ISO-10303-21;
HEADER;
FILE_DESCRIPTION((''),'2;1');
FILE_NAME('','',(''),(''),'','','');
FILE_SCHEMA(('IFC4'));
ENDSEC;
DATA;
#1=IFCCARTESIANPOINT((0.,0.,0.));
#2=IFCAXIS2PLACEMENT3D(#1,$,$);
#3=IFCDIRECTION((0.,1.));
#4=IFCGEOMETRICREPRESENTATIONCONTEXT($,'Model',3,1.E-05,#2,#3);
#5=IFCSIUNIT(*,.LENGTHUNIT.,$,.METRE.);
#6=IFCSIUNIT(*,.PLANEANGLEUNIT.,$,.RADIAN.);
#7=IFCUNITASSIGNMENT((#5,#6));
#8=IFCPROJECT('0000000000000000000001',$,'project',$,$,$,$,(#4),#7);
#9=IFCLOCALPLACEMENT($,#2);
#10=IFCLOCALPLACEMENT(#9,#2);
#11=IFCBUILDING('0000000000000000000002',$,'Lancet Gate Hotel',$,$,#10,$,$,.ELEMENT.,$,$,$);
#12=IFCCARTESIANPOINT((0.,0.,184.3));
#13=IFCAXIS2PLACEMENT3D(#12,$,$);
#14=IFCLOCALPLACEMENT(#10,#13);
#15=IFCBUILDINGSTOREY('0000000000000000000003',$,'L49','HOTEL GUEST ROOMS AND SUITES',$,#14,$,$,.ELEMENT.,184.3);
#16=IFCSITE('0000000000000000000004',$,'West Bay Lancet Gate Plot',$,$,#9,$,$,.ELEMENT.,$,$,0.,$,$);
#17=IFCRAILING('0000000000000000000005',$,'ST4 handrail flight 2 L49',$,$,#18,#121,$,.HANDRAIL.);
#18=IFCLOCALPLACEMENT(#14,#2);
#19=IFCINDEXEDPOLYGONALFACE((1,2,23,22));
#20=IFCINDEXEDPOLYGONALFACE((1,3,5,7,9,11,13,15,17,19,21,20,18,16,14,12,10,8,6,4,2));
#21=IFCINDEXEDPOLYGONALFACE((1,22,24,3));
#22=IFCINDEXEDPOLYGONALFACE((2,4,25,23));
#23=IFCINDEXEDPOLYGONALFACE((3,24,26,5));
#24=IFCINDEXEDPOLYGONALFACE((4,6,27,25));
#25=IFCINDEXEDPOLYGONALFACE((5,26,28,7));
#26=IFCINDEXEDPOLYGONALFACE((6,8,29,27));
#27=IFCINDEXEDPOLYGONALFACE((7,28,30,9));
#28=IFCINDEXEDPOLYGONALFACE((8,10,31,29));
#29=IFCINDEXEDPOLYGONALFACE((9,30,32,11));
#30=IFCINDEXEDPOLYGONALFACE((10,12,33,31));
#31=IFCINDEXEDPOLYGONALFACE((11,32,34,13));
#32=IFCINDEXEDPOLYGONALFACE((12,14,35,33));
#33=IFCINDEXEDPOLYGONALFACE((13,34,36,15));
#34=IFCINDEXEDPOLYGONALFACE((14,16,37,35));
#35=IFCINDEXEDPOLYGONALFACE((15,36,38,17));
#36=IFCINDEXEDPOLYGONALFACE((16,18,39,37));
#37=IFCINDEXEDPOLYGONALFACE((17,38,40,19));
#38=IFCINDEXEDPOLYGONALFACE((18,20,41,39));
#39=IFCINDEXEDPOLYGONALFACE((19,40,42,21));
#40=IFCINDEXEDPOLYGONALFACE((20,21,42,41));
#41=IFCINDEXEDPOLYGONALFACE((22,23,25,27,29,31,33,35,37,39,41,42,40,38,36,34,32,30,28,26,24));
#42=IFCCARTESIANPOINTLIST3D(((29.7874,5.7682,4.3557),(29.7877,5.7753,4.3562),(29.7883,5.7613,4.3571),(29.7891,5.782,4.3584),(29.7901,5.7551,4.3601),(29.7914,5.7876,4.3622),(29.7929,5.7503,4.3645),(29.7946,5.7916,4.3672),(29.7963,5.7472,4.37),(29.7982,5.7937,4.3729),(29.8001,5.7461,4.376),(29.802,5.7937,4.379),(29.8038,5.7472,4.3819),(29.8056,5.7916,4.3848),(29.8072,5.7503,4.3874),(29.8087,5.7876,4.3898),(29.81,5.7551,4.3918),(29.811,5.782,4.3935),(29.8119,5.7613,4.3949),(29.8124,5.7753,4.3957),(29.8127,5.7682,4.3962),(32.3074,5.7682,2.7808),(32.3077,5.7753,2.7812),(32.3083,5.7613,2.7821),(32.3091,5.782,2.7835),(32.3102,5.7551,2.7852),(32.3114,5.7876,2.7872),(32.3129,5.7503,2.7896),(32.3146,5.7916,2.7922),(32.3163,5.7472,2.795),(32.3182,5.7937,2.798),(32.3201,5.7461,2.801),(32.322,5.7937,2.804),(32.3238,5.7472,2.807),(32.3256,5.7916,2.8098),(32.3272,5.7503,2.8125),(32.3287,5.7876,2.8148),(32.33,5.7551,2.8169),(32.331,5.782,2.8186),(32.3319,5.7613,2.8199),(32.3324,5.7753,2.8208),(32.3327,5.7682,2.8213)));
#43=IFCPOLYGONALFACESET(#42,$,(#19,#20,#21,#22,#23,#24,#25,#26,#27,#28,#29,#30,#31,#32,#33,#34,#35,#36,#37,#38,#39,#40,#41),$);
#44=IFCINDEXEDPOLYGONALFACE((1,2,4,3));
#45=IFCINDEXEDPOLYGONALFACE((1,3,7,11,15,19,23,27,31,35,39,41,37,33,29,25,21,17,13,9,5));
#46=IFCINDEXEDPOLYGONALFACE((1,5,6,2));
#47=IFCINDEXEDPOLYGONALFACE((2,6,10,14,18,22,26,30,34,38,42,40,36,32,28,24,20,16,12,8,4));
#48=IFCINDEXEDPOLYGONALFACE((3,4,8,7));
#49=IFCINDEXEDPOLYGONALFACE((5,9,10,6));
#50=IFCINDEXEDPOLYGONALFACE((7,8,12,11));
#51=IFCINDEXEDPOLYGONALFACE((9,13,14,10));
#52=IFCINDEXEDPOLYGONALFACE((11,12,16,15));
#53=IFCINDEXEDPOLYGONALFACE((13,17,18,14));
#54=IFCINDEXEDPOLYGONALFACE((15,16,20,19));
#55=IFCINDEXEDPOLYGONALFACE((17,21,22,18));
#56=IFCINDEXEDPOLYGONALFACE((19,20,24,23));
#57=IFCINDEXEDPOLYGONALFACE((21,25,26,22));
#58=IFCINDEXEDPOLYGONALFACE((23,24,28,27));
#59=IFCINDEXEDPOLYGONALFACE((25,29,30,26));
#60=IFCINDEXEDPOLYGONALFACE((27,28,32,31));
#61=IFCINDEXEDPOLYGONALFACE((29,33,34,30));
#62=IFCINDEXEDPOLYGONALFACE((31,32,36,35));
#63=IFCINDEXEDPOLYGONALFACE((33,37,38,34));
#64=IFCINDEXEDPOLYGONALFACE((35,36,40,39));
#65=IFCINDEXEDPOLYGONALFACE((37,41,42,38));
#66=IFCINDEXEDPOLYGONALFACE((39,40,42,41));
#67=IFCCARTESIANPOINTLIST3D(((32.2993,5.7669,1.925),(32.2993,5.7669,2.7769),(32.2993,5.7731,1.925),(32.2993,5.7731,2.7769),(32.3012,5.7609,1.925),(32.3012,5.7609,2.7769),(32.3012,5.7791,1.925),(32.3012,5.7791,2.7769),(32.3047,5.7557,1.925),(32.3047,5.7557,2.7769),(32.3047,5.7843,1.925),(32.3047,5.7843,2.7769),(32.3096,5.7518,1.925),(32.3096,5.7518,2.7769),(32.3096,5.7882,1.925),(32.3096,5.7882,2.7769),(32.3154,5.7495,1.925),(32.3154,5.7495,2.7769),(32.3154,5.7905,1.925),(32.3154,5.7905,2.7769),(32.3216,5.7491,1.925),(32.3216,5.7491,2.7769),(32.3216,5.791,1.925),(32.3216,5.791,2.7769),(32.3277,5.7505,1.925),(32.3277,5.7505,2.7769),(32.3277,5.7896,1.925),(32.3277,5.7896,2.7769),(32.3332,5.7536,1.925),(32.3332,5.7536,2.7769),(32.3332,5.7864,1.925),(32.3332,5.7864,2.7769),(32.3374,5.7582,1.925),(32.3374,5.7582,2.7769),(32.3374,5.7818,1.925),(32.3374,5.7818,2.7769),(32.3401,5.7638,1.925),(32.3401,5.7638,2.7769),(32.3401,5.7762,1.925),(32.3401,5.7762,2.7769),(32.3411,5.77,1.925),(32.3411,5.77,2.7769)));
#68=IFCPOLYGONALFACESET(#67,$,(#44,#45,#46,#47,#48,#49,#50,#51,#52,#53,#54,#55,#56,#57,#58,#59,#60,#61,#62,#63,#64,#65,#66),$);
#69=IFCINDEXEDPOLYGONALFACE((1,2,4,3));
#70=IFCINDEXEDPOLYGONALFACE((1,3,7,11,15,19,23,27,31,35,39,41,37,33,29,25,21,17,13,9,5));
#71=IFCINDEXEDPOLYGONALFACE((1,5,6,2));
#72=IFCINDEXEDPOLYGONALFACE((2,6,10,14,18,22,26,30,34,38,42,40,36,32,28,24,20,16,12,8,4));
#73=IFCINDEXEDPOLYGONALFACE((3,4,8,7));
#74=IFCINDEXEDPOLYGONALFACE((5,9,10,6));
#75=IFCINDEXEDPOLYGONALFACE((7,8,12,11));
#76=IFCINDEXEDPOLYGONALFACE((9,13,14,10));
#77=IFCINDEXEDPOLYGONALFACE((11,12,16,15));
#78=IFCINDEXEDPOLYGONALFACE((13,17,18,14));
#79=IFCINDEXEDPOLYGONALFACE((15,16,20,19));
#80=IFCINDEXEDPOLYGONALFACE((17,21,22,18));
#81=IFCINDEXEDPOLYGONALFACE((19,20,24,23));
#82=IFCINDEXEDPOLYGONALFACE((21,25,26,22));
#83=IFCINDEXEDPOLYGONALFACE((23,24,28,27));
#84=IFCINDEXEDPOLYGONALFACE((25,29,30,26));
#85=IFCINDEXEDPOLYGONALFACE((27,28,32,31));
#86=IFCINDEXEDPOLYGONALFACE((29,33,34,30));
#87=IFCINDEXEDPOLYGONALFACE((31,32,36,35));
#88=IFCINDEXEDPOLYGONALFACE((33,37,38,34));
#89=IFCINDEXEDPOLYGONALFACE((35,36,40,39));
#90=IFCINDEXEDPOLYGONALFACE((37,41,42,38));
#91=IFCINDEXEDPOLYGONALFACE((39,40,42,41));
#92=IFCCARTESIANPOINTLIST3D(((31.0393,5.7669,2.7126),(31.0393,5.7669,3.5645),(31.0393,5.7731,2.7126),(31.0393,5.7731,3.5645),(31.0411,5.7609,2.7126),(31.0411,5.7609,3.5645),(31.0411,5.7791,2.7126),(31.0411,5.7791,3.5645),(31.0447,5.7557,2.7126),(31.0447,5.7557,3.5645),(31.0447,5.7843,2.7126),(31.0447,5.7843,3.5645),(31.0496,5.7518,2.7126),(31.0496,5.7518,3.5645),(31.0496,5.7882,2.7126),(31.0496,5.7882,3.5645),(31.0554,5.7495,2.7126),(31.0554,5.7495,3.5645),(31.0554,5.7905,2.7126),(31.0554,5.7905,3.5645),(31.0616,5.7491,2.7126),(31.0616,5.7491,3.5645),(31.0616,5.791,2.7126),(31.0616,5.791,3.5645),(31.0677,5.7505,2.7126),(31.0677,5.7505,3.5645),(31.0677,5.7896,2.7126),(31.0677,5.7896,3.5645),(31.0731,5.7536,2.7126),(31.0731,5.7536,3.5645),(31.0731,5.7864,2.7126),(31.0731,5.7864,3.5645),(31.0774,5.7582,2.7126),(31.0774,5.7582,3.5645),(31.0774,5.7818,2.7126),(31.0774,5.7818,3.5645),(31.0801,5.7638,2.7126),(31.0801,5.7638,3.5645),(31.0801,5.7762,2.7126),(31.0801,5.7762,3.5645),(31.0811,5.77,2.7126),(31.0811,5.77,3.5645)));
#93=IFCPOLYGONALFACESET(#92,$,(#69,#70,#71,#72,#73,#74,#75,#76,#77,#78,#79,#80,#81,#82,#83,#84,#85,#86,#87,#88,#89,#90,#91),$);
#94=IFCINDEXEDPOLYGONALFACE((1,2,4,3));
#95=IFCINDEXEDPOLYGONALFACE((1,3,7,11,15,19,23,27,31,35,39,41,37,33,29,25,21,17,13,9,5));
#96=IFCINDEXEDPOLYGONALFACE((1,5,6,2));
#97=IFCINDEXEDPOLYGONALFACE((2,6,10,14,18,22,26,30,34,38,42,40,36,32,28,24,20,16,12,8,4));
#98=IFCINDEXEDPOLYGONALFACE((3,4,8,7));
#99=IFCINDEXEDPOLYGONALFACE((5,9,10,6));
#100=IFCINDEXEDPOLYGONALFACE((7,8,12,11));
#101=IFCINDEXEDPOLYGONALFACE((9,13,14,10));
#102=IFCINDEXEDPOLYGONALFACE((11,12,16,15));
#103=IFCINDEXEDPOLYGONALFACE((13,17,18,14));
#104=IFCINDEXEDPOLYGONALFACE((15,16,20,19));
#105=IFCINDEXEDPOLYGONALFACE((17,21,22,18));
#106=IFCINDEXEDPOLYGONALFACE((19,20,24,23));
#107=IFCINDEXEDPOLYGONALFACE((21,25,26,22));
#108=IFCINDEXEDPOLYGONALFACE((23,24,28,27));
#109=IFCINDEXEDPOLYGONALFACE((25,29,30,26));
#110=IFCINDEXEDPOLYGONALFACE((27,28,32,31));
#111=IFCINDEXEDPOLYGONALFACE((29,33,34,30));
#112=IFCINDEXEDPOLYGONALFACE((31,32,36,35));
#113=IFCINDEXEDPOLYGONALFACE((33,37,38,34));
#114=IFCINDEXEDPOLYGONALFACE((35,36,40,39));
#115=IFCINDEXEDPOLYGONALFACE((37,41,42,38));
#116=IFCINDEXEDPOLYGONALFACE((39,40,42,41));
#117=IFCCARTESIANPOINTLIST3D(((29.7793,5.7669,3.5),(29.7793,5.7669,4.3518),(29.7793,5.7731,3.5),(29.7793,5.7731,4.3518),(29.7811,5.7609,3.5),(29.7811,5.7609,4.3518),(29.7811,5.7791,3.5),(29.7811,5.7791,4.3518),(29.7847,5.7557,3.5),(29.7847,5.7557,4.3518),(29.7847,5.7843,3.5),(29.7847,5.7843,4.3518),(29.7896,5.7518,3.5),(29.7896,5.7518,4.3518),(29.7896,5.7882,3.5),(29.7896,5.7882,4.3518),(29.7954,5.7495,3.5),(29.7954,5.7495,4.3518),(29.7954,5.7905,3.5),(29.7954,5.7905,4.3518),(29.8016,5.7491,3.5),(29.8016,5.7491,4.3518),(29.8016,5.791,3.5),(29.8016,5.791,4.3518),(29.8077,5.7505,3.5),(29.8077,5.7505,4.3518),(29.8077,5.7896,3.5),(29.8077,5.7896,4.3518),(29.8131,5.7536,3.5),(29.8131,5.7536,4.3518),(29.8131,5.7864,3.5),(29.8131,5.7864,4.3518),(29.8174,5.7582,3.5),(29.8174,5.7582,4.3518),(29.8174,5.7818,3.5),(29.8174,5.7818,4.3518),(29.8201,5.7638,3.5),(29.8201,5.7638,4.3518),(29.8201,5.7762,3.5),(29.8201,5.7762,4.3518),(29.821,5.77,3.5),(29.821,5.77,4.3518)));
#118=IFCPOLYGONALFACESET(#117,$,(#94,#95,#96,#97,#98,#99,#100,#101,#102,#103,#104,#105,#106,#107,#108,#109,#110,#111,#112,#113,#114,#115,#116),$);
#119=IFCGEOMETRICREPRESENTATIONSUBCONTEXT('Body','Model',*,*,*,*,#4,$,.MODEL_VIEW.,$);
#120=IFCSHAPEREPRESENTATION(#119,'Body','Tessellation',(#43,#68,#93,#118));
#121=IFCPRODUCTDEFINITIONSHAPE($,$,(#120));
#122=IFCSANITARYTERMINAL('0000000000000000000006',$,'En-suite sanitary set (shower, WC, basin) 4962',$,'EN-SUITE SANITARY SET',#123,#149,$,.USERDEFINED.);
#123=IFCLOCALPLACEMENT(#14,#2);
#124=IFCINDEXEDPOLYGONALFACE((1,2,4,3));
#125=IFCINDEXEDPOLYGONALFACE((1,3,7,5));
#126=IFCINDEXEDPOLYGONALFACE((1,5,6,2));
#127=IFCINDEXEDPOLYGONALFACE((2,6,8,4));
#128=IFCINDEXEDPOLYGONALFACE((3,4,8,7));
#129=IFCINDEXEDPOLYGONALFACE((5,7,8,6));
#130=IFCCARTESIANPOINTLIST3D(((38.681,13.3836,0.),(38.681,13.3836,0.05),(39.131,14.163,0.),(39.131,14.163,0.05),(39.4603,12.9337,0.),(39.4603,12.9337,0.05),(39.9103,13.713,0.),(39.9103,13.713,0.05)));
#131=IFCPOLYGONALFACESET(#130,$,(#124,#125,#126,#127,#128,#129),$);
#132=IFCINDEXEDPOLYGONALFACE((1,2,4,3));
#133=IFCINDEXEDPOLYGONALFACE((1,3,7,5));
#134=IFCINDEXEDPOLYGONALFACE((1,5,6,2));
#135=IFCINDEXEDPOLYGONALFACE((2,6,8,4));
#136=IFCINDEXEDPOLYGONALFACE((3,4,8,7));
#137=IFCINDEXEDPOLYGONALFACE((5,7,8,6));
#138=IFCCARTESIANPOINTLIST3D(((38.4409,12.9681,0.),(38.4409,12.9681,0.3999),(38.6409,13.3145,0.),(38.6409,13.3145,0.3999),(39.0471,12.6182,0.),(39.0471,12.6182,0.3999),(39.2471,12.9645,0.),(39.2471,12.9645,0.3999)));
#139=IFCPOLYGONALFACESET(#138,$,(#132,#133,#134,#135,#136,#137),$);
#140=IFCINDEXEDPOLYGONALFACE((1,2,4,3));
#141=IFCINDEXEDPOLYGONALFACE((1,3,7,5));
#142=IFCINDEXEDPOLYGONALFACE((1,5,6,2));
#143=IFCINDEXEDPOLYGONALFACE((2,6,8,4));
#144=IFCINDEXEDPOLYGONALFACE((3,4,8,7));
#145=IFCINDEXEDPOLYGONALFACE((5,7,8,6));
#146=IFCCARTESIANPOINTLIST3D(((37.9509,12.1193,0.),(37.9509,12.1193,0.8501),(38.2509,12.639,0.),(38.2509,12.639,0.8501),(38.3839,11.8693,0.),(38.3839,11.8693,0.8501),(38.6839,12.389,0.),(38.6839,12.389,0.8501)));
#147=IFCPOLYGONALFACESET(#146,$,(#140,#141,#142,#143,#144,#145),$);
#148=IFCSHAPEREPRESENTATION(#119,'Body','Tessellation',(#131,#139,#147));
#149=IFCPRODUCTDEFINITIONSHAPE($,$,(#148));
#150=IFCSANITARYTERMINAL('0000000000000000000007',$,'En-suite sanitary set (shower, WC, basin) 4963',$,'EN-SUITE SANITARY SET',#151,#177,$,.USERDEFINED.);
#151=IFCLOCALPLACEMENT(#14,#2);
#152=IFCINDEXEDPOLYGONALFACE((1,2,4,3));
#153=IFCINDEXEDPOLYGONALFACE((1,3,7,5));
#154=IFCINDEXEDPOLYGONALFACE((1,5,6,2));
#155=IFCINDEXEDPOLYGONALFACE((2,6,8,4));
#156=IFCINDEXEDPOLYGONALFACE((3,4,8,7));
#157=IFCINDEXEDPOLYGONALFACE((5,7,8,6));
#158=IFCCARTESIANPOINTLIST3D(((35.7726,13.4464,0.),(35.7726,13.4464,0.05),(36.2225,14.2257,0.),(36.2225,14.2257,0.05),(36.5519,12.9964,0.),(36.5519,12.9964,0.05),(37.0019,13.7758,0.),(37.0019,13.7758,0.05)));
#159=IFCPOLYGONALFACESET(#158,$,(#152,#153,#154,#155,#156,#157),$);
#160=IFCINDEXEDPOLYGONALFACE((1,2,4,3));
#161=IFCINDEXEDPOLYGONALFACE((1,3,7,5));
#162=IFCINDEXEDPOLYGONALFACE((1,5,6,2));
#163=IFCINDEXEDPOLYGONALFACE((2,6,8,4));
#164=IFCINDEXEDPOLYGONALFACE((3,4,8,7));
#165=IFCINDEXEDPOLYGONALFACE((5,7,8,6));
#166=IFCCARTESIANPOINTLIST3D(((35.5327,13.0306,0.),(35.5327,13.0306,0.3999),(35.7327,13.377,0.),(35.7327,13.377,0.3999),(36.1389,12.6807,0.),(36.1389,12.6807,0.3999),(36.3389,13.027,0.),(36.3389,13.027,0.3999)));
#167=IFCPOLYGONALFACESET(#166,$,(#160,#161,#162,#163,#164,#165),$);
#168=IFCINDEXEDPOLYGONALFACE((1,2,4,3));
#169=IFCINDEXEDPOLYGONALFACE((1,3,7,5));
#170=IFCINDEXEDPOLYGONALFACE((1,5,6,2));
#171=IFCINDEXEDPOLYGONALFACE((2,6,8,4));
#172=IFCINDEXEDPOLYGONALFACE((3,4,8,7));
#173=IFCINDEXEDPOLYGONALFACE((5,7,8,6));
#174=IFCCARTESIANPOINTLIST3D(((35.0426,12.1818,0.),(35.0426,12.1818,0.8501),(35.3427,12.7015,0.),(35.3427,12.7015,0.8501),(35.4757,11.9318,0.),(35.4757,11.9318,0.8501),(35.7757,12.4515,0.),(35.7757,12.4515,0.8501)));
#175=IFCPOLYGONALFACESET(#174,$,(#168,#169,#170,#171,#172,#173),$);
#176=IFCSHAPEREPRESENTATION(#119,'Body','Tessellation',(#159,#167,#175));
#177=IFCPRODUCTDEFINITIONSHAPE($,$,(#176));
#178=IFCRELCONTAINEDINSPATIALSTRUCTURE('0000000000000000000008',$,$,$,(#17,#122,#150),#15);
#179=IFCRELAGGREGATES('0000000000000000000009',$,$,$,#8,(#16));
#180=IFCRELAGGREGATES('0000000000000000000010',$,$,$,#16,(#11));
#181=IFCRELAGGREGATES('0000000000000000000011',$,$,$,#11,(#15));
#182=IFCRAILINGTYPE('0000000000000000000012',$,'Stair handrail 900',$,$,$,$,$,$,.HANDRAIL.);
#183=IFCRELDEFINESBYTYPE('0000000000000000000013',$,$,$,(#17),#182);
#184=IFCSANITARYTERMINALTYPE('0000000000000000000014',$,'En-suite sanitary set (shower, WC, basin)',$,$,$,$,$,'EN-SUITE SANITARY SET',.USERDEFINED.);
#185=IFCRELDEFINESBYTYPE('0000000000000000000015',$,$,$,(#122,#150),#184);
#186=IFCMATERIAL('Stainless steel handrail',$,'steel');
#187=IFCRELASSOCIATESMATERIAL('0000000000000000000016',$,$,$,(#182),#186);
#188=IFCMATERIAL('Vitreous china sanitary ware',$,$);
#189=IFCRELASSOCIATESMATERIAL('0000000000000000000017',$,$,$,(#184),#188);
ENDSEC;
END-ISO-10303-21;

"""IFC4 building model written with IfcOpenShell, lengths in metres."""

from ifc_helpers import new_model, si_unit, direction, frame, origin, origin_2d, place, context, subcontext, project, spatial, rectangle, circle, extrude, material, type_object, element, save


model = new_model("IFC4")

# Units and contexts
model_context = context("Model", 3, precision=1e-05, world=origin(), true_north=direction((0.0, 1.0)))
body_context = subcontext(model_context, "Body", "Model", "MODEL_VIEW")
ifc_project = project(units=[si_unit("LENGTHUNIT", "METRE"), si_unit("PLANEANGLEUNIT", "RADIAN")], contexts=[model_context])

# Site, building, storey
site_placement = place(None, origin())
site = spatial("IfcSite", under=ifc_project, at=site_placement, Name="West Bay Lancet Gate Plot", CompositionType="ELEMENT", RefElevation=0.0)
building_placement = place(site_placement, origin())
building = spatial("IfcBuilding", under=site, at=building_placement, Name="Lancet Gate Hotel", CompositionType="ELEMENT")
storey_placement = place(building_placement, frame((0.0, 0.0, 184.3)))
storey = spatial("IfcBuildingStorey", under=building, at=storey_placement, Name="L49", Description="HOTEL GUEST ROOMS AND SUITES", CompositionType="ELEMENT", Elevation=184.3)

# Railing
ifc_material_1 = material(Name="Stainless steel handrail", Category="steel")
railing_type = type_object("IfcRailingType", Name="Stair handrail 900", PredefinedType="HANDRAIL", material=ifc_material_1)
railing_placement = place(storey_placement, frame((32.3201, 5.77, 1.925)))
element("IfcRailing", 1, at=railing_placement, inside=storey, type_object=railing_type, Name="ST4 handrail flight 2 L49", PredefinedType="HANDRAIL", context=body_context, shape_type="SweptSolid", body=[
    extrude(circle(Radius=0.0239, at=origin_2d()), frame((0.0, 0.0, 0.876), z_axis=(-0.848008, 0.0, 0.529984), x_axis=(0.0, -1.0, 0.0)), (0.0, 0.0, 1.0), 2.9717),
    extrude(circle(Radius=0.021, at=origin_2d()), origin(), (0.0, 0.0, 1.0), 0.8518),
    extrude(circle(Radius=0.021, at=origin_2d()), frame((-1.26, 0.0, 0.7876)), (0.0, 0.0, 1.0), 0.8518),
    extrude(circle(Radius=0.021, at=origin_2d()), frame((-2.52, 0.0, 1.575)), (0.0, 0.0, 1.0), 0.8518),
])

# Sanitary terminals
ifc_material_2 = material(Name="Vitreous china sanitary ware")
sanitary_terminal_type = type_object("IfcSanitaryTerminalType", Name="En-suite sanitary set (shower, WC, basin)", ElementType="EN-SUITE SANITARY SET", PredefinedType="USERDEFINED", material=ifc_material_2)
sanitary_terminal_1_placement = place(storey_placement, frame((39.2957, 13.5483, 0.0), z_axis=(0.0, 0.0, 1.0), x_axis=(1.0, 0.0, 0.0)))
element("IfcSanitaryTerminal", 2, at=sanitary_terminal_1_placement, inside=storey, type_object=sanitary_terminal_type, Name="En-suite sanitary set (shower, WC, basin) 4962", ObjectType="EN-SUITE SANITARY SET", PredefinedType="USERDEFINED", context=body_context, shape_type="SweptSolid", body=[
    extrude(rectangle(XDim=0.8999, YDim=0.8999, at=origin_2d()), frame((0.0, 0.0, 0.0), z_axis=(0.0, 0.0, 1.0), x_axis=(0.5, 0.866025, 0.0)), (0.0, 0.0, 1.0), 0.05),
    extrude(rectangle(XDim=0.3999, YDim=0.7, at=origin_2d()), frame((-0.4517, -0.582, 0.0), z_axis=(0.0, 0.0, 1.0), x_axis=(0.5, 0.866025, 0.0)), (0.0, 0.0, 1.0), 0.3999),
    extrude(rectangle(XDim=0.6001, YDim=0.5, at=origin_2d()), frame((-0.9783, -1.2942, 0.0), z_axis=(0.0, 0.0, 1.0), x_axis=(0.5, 0.866025, 0.0)), (0.0, 0.0, 1.0), 0.8501),
])
sanitary_terminal_2_placement = place(storey_placement, frame((36.3872, 13.6111, 0.0), z_axis=(0.0, 0.0, 1.0), x_axis=(1.0, 0.0, 0.0)))
element("IfcSanitaryTerminal", 3, at=sanitary_terminal_2_placement, inside=storey, type_object=sanitary_terminal_type, Name="En-suite sanitary set (shower, WC, basin) 4963", ObjectType="EN-SUITE SANITARY SET", PredefinedType="USERDEFINED", context=body_context, shape_type="SweptSolid", body=[
    extrude(rectangle(XDim=0.8999, YDim=0.8999, at=origin_2d()), frame((0.0, 0.0, 0.0), z_axis=(0.0, 0.0, 1.0), x_axis=(0.5, 0.866025, 0.0)), (0.0, 0.0, 1.0), 0.05),
    extrude(rectangle(XDim=0.3999, YDim=0.7, at=origin_2d()), frame((-0.4514, -0.5823, 0.0), z_axis=(0.0, 0.0, 1.0), x_axis=(0.5, 0.866025, 0.0)), (0.0, 0.0, 1.0), 0.3999),
    extrude(rectangle(XDim=0.6001, YDim=0.5, at=origin_2d()), frame((-0.978, -1.2944, 0.0), z_axis=(0.0, 0.0, 1.0), x_axis=(0.5, 0.866025, 0.0)), (0.0, 0.0, 1.0), 0.8501),
])

save(model, "model.ifc")
